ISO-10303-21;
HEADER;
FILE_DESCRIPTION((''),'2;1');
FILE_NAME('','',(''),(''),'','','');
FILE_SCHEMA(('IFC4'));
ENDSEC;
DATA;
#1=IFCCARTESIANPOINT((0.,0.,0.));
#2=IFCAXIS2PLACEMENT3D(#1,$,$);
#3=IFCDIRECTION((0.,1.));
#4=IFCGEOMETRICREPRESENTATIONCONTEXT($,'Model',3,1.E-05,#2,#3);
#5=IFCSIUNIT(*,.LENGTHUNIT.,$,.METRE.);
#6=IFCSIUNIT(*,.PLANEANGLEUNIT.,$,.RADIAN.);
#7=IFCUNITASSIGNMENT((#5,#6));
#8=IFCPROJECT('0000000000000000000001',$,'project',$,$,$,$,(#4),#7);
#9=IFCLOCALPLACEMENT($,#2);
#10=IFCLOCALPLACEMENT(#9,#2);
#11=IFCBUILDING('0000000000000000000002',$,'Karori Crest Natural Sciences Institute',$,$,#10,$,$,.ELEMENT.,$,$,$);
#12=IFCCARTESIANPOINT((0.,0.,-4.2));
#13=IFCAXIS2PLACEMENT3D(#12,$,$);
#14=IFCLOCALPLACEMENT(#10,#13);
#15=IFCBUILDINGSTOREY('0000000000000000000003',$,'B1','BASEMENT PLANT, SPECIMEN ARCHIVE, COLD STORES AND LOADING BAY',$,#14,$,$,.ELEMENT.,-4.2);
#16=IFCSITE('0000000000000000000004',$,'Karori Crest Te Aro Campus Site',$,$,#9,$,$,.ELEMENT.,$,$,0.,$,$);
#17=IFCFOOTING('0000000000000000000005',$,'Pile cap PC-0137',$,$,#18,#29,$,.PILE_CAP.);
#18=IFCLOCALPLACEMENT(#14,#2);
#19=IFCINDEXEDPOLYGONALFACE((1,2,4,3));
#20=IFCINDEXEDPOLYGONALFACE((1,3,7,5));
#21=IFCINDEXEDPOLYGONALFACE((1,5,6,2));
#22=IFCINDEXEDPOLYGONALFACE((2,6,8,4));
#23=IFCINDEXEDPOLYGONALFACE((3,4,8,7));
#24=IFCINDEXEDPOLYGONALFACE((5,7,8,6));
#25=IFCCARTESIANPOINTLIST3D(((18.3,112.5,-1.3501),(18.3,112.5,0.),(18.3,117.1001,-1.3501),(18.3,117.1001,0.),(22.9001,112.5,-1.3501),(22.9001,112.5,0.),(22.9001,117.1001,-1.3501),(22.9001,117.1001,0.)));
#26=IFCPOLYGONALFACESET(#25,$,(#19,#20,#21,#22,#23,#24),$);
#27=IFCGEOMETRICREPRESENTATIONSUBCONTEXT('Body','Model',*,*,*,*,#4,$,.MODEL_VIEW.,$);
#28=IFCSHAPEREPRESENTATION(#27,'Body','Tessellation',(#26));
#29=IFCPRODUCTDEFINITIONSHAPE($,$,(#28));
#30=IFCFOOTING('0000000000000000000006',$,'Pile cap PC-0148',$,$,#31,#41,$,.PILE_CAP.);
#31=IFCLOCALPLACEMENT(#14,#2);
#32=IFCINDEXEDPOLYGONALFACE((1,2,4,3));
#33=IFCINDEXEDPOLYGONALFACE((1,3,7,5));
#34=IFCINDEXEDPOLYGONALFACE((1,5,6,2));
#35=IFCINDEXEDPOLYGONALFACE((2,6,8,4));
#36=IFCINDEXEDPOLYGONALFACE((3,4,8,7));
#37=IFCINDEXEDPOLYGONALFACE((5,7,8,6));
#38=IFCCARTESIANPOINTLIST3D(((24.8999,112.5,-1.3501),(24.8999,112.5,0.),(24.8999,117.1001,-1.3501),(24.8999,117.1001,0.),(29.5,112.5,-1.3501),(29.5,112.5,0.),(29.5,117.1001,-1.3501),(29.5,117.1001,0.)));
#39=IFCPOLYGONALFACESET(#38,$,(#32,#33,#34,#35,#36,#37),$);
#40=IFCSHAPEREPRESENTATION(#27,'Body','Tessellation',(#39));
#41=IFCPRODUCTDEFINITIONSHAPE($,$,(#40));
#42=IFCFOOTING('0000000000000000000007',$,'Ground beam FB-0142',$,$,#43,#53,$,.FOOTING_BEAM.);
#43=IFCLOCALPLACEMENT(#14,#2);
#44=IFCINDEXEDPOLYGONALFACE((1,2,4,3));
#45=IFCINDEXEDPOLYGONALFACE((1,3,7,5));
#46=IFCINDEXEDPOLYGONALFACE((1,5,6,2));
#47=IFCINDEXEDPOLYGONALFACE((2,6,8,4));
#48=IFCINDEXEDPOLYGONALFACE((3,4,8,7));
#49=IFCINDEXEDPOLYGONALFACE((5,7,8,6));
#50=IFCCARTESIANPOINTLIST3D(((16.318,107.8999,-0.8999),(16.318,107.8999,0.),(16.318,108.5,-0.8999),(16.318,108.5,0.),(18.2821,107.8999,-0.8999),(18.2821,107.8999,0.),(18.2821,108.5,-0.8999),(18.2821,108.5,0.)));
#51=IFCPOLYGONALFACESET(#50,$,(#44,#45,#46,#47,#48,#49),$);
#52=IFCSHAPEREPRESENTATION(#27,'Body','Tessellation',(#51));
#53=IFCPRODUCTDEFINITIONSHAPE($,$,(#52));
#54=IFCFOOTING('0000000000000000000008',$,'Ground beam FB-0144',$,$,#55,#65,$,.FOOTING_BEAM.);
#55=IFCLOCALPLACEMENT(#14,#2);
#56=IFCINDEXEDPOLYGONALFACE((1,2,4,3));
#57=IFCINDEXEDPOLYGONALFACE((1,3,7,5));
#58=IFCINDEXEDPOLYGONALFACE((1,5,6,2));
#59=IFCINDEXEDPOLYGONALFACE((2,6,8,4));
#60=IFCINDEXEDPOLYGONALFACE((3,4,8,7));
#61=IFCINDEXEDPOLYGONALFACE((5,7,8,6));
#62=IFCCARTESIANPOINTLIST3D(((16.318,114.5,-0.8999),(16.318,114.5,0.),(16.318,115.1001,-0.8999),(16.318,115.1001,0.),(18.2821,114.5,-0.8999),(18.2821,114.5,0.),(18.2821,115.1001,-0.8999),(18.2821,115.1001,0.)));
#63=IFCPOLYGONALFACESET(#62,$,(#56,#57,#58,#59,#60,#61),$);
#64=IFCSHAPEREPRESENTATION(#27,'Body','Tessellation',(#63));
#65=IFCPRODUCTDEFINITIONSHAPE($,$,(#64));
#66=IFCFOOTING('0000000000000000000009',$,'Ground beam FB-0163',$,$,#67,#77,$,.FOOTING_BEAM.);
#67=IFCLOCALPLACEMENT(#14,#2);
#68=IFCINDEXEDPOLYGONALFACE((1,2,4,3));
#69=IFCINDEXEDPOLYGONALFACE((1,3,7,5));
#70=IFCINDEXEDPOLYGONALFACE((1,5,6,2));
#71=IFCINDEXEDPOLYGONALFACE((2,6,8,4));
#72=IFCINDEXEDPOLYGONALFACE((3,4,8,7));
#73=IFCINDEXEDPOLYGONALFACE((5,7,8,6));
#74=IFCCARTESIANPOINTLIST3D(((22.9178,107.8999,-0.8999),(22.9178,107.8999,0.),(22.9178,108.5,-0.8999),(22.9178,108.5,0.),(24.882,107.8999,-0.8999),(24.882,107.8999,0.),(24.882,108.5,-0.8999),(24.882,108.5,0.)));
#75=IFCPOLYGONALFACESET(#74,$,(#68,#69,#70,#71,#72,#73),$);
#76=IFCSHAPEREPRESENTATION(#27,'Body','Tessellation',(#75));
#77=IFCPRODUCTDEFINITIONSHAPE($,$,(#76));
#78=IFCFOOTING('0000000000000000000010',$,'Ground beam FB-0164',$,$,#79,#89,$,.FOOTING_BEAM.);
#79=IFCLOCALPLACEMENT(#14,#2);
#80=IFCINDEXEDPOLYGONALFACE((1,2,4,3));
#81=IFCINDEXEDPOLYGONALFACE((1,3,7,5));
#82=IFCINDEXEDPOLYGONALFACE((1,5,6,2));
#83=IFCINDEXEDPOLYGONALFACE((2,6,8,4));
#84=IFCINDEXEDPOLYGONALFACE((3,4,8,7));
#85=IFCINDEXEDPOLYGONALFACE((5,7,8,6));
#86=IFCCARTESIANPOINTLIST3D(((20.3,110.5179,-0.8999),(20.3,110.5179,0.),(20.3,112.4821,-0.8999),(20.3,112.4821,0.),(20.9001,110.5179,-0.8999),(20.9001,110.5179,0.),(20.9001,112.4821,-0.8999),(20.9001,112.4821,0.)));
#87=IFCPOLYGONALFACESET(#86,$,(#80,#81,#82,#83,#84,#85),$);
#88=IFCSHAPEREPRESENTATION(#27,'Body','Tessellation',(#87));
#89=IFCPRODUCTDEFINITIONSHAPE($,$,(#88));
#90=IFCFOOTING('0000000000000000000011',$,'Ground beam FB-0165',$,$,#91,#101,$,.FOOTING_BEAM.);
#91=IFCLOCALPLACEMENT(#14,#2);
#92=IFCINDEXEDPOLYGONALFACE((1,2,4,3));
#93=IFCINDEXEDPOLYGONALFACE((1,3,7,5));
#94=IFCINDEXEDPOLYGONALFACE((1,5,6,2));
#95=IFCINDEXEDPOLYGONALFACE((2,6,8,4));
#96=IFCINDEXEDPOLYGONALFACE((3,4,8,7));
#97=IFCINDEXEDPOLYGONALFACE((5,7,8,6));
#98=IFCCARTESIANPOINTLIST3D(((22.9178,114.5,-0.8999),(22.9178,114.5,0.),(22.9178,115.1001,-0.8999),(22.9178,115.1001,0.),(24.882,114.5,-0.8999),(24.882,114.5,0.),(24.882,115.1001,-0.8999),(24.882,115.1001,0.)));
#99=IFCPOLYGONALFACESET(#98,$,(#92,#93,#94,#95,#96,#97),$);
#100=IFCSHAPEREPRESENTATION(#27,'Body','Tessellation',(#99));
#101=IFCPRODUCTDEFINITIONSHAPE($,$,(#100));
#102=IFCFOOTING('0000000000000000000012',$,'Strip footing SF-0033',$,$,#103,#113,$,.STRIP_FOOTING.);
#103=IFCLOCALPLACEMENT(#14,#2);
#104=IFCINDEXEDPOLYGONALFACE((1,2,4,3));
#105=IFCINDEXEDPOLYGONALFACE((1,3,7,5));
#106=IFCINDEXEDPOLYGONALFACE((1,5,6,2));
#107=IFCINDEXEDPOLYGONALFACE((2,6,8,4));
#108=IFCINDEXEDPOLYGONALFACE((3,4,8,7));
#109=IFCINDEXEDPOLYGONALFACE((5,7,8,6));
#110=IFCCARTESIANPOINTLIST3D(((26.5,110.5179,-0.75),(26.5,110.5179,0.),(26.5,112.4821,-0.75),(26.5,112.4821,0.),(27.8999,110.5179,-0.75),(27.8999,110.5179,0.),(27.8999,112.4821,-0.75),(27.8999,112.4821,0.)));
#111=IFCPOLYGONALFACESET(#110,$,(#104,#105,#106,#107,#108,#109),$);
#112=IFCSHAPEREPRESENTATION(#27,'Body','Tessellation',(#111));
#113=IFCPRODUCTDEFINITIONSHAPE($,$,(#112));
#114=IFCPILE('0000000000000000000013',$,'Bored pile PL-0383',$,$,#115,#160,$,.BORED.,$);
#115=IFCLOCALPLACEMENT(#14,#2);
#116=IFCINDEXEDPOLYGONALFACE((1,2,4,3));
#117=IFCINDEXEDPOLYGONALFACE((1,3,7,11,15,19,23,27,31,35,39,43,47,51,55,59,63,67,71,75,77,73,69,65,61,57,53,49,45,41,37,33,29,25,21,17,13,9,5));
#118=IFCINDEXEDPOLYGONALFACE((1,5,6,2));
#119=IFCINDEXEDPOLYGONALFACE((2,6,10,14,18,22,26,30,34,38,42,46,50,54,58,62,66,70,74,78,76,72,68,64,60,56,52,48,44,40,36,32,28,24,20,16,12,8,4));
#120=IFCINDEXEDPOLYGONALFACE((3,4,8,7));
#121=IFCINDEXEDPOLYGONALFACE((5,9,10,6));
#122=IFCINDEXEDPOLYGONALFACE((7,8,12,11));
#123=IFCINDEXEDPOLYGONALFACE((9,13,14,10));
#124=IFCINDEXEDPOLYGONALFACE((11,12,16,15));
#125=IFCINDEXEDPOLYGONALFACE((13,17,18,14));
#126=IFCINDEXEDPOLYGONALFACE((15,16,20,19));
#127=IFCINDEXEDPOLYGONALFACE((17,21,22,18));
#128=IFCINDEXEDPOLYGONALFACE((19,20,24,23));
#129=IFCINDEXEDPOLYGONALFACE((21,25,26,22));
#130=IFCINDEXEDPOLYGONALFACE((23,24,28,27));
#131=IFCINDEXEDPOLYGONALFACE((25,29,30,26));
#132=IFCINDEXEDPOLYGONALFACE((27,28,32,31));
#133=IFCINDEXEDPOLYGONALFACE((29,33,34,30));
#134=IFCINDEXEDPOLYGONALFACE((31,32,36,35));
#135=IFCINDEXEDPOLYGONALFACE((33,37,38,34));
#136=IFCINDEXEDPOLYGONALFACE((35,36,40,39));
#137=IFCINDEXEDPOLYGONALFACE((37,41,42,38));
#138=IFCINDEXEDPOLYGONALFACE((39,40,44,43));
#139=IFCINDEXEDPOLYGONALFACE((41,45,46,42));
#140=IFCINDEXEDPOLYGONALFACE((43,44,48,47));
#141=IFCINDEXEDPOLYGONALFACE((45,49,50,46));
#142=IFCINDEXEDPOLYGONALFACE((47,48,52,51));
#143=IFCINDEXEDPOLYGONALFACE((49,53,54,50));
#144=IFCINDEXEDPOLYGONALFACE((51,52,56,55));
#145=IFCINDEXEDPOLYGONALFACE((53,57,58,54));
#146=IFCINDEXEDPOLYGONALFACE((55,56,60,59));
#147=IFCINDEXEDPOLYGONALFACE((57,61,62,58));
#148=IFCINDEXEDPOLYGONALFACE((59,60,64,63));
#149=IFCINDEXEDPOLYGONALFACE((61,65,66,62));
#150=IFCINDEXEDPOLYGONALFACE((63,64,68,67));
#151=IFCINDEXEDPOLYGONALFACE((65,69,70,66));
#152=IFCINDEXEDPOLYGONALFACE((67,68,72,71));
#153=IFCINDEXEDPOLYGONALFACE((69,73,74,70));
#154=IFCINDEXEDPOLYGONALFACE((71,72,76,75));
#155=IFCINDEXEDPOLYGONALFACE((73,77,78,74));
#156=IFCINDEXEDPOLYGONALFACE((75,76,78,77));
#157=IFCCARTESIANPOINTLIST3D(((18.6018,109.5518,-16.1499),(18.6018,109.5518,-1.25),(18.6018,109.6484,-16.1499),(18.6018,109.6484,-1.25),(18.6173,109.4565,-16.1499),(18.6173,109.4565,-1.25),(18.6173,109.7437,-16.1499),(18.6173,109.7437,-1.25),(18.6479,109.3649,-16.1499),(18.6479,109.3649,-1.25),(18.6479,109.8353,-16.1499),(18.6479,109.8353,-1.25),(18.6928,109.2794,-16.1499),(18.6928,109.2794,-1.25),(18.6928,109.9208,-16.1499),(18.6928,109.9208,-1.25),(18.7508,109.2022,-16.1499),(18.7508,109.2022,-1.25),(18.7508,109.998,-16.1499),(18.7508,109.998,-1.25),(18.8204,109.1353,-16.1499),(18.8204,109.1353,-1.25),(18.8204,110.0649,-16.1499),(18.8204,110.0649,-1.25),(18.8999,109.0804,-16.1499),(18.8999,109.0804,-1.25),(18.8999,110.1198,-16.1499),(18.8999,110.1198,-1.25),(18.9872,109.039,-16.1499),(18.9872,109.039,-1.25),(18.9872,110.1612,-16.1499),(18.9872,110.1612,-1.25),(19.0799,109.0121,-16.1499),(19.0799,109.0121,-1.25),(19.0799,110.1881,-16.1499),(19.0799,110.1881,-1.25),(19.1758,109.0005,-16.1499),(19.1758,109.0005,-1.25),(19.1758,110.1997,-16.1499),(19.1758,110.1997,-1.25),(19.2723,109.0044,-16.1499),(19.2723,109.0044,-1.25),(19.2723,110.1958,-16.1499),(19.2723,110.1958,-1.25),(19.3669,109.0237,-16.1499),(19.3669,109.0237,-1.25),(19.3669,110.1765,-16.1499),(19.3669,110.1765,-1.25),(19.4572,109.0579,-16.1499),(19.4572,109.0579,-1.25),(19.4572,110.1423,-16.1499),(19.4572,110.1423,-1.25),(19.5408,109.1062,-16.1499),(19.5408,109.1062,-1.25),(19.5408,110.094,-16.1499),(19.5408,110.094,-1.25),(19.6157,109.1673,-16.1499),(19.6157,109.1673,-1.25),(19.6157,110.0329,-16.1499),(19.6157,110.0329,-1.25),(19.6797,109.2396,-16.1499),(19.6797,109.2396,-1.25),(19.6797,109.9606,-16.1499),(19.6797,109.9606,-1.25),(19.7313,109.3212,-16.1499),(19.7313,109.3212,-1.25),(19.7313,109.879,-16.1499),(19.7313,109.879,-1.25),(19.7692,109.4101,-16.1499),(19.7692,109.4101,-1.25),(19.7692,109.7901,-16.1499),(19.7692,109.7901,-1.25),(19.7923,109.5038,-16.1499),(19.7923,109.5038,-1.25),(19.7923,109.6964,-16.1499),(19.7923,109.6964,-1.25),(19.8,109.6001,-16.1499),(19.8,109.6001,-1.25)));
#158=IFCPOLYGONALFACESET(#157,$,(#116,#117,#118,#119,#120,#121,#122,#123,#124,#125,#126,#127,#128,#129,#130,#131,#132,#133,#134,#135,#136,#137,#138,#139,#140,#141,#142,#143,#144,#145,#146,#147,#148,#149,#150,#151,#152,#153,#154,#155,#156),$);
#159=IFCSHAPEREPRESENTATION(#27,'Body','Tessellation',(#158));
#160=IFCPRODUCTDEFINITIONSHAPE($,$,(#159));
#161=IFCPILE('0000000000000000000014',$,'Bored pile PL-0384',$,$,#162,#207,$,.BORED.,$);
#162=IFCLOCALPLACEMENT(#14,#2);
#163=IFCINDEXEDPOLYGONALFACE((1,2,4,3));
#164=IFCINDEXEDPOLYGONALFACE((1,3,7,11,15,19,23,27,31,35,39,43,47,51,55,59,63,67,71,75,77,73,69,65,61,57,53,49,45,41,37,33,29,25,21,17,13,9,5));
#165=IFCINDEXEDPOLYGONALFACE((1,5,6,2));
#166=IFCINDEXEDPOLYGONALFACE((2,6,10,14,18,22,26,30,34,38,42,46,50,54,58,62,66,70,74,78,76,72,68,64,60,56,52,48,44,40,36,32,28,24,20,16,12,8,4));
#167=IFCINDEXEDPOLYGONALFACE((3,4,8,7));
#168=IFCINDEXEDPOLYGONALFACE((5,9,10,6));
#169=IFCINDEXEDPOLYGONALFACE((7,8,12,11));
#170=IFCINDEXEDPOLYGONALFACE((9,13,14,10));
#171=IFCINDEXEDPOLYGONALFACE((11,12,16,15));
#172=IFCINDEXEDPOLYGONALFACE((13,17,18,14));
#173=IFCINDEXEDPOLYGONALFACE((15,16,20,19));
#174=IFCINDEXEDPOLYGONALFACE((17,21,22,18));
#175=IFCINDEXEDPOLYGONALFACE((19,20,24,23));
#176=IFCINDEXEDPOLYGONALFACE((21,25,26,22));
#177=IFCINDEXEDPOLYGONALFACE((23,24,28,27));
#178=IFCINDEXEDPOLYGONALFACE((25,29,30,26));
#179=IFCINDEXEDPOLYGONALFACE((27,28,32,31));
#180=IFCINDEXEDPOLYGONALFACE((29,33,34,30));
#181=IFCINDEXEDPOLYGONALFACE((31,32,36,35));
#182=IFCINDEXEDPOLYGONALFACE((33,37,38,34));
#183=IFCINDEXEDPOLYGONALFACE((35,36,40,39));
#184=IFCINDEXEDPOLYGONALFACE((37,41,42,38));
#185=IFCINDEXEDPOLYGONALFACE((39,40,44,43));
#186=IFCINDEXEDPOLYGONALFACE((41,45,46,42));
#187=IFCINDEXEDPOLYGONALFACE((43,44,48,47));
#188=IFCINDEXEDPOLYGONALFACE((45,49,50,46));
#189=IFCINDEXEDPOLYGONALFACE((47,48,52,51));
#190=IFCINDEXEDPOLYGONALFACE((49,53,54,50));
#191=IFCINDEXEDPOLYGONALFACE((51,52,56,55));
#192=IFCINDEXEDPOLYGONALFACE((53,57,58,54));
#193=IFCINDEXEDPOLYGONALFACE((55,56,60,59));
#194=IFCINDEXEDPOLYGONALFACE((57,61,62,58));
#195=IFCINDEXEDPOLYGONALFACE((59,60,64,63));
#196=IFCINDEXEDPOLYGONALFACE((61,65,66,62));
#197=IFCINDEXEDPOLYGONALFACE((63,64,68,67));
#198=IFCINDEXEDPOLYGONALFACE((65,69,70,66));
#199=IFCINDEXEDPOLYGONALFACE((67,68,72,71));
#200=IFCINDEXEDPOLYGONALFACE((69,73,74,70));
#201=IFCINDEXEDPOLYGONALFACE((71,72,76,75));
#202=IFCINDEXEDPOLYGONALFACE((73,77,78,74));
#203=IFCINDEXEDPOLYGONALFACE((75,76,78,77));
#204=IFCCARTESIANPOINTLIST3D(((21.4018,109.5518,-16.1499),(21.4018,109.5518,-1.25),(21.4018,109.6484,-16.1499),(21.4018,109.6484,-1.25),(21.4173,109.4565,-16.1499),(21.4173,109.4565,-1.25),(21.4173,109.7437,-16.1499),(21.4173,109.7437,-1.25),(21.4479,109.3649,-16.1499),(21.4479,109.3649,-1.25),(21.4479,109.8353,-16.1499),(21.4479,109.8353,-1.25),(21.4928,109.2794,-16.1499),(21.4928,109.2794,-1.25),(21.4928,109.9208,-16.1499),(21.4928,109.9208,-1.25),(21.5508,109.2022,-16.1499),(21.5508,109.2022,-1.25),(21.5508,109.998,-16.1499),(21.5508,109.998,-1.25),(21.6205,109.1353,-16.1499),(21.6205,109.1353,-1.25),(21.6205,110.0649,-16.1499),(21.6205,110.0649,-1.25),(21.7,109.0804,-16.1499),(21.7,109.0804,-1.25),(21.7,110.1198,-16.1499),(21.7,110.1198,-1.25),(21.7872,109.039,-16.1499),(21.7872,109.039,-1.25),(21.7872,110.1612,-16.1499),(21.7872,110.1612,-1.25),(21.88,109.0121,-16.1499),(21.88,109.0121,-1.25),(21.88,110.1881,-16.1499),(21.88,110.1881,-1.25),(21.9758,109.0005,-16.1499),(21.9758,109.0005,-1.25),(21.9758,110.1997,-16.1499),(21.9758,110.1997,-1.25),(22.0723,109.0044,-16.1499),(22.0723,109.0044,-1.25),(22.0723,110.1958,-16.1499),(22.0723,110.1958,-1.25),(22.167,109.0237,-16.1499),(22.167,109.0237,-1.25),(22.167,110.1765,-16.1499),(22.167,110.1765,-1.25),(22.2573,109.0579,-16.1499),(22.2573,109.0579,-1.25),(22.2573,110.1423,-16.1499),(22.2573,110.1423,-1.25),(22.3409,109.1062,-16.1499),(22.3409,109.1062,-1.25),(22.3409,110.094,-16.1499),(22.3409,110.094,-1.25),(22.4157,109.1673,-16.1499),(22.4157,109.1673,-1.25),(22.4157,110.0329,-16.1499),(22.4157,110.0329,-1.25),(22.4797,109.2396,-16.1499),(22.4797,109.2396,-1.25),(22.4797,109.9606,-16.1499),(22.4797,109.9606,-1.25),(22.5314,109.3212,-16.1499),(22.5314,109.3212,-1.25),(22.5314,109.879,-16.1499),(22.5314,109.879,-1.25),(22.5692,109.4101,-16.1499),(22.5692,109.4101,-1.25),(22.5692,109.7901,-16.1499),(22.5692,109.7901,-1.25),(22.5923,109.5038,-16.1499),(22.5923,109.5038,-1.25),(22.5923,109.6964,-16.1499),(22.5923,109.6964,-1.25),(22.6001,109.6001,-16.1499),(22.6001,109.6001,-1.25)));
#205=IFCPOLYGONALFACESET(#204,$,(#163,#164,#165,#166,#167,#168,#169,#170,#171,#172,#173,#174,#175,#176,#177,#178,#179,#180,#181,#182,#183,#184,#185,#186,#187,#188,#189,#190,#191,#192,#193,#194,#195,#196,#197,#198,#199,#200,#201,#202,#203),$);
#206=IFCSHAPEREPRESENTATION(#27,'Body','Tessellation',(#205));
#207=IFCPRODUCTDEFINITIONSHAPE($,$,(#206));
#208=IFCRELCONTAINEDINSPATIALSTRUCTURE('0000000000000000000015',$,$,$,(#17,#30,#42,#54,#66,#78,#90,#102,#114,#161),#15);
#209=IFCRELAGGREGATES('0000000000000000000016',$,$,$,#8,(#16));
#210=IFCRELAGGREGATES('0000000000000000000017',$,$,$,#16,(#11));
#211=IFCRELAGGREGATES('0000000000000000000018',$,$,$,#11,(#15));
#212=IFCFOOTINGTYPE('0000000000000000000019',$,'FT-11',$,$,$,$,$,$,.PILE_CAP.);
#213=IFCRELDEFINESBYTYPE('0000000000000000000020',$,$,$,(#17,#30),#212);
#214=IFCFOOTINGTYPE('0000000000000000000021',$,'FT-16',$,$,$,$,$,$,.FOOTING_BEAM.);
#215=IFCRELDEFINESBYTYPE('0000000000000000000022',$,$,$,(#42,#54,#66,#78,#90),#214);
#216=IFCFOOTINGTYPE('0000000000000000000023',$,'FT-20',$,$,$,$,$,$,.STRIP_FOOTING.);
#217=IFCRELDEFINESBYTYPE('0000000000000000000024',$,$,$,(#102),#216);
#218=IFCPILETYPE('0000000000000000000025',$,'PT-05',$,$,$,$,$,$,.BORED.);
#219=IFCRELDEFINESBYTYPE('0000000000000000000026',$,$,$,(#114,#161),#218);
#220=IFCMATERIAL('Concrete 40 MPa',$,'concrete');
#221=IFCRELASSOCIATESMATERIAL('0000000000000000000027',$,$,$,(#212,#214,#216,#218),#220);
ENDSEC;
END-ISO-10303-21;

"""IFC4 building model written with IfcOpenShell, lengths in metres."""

from ifc_helpers import new_model, si_unit, direction, frame, origin, origin_2d, place, context, subcontext, project, spatial, rectangle, circle, extrude, material, material_profile, profile_set, type_object, element, save


model = new_model("IFC4")

# Units and contexts
model_context = context("Model", 3, precision=1e-05, world=origin(), true_north=direction((0.0, 1.0)))
body_context = subcontext(model_context, "Body", "Model", "MODEL_VIEW")
ifc_project = project(units=[si_unit("LENGTHUNIT", "METRE"), si_unit("PLANEANGLEUNIT", "RADIAN")], contexts=[model_context])

# Site, building, storey
site_placement = place(None, origin())
site = spatial("IfcSite", under=ifc_project, at=site_placement, Name="Karori Crest Te Aro Campus Site", CompositionType="ELEMENT", RefElevation=0.0)
building_placement = place(site_placement, origin())
building = spatial("IfcBuilding", under=site, at=building_placement, Name="Karori Crest Natural Sciences Institute", CompositionType="ELEMENT")
storey_placement = place(building_placement, frame((0.0, 0.0, -4.2)))
storey = spatial("IfcBuildingStorey", under=building, at=storey_placement, Name="B1", Description="BASEMENT PLANT, SPECIMEN ARCHIVE, COLD STORES AND LOADING BAY", CompositionType="ELEMENT", Elevation=-4.2)

# Footings
ifc_material_1 = material(Name="Concrete 40 MPa", Category="concrete")
footing_type_1 = type_object("IfcFootingType", Name="FT-11", PredefinedType="PILE_CAP", material=ifc_material_1)
for number, where, z_axis, x_axis, name in (
    (1, (20.6001, 114.8, -1.3501), (0.0, 0.0, 1.0), (1.0, 0.0, 0.0), "Pile cap PC-0137"),
    (2, (27.2, 114.8, -1.3501), (0.0, 0.0, 1.0), (1.0, 0.0, 0.0), "Pile cap PC-0148"),
):
    element("IfcFooting", number, at=place(storey_placement, frame(where, z_axis=z_axis, x_axis=x_axis)), inside=storey, type_object=footing_type_1, Name=name, PredefinedType="PILE_CAP", context=body_context, shape_type="SweptSolid", body=[
        extrude(rectangle(XDim=4.6001, YDim=4.6001, at=origin_2d()), origin(), (0.0, 0.0, 1.0), 1.3501),
    ])
footing_type_2 = type_object("IfcFootingType", Name="FT-16", PredefinedType="FOOTING_BEAM", material=ifc_material_1)
for number, where, z_axis, x_axis, name in (
    (3, (17.3, 108.2, -0.8999), (0.0, 0.0, 1.0), (1.0, 0.0, 0.0), "Ground beam FB-0142"),
    (4, (17.3, 114.8, -0.8999), (0.0, 0.0, 1.0), (1.0, 0.0, 0.0), "Ground beam FB-0144"),
    (5, (23.8999, 108.2, -0.8999), (0.0, 0.0, 1.0), (1.0, 0.0, 0.0), "Ground beam FB-0163"),
    (6, (20.6001, 111.5, -0.8999), (0.0, 0.0, 1.0), (0.0, 1.0, 0.0), "Ground beam FB-0164"),
    (7, (23.8999, 114.8, -0.8999), (0.0, 0.0, 1.0), (1.0, 0.0, 0.0), "Ground beam FB-0165"),
):
    element("IfcFooting", number, at=place(storey_placement, frame(where, z_axis=z_axis, x_axis=x_axis)), inside=storey, type_object=footing_type_2, Name=name, PredefinedType="FOOTING_BEAM", context=body_context, shape_type="SweptSolid", body=[
        extrude(rectangle(XDim=1.9641, YDim=0.6001, at=origin_2d()), origin(), (0.0, 0.0, 1.0), 0.8999),
    ])
footing_type_3 = type_object("IfcFootingType", Name="FT-20", PredefinedType="STRIP_FOOTING", material=ifc_material_1)
footing_placement = place(storey_placement, frame((27.2, 111.5, -0.75), z_axis=(0.0, 0.0, 1.0), x_axis=(0.0, 1.0, 0.0)))
element("IfcFooting", 8, at=footing_placement, inside=storey, type_object=footing_type_3, Name="Strip footing SF-0033", PredefinedType="STRIP_FOOTING", context=body_context, shape_type="SweptSolid", body=[
    extrude(rectangle(XDim=1.9641, YDim=1.3999, at=origin_2d()), origin(), (0.0, 0.0, 1.0), 0.75),
])

# Piles
ifc_material_profile_1 = material_profile(ifc_material_1, circle(Radius=0.6001, at=origin_2d()), Name="PILE1200")
ifc_profile_set_1 = profile_set([ifc_material_profile_1], Name="Concrete 40 MPa")
pile_type = type_object("IfcPileType", Name="PT-05", PredefinedType="BORED", material=ifc_profile_set_1)
for number, where, z_axis, x_axis, name in (
    (9, (19.2, 109.6001, -1.25), (0.0, 0.0, -1.0), (1.0, 0.0, 0.0), "Bored pile PL-0383"),
    (10, (22.0, 109.6001, -1.25), (0.0, 0.0, -1.0), (1.0, 0.0, 0.0), "Bored pile PL-0384"),
):
    element("IfcPile", number, at=place(storey_placement, frame(where, z_axis=z_axis, x_axis=x_axis)), inside=storey, type_object=pile_type, Name=name, PredefinedType="BORED", context=body_context, shape_type="SweptSolid", body=[
        extrude(circle(Radius=0.6001, at=origin_2d()), origin(), (0.0, 0.0, 1.0), 14.8999),
    ])

save(model, "model.ifc")
